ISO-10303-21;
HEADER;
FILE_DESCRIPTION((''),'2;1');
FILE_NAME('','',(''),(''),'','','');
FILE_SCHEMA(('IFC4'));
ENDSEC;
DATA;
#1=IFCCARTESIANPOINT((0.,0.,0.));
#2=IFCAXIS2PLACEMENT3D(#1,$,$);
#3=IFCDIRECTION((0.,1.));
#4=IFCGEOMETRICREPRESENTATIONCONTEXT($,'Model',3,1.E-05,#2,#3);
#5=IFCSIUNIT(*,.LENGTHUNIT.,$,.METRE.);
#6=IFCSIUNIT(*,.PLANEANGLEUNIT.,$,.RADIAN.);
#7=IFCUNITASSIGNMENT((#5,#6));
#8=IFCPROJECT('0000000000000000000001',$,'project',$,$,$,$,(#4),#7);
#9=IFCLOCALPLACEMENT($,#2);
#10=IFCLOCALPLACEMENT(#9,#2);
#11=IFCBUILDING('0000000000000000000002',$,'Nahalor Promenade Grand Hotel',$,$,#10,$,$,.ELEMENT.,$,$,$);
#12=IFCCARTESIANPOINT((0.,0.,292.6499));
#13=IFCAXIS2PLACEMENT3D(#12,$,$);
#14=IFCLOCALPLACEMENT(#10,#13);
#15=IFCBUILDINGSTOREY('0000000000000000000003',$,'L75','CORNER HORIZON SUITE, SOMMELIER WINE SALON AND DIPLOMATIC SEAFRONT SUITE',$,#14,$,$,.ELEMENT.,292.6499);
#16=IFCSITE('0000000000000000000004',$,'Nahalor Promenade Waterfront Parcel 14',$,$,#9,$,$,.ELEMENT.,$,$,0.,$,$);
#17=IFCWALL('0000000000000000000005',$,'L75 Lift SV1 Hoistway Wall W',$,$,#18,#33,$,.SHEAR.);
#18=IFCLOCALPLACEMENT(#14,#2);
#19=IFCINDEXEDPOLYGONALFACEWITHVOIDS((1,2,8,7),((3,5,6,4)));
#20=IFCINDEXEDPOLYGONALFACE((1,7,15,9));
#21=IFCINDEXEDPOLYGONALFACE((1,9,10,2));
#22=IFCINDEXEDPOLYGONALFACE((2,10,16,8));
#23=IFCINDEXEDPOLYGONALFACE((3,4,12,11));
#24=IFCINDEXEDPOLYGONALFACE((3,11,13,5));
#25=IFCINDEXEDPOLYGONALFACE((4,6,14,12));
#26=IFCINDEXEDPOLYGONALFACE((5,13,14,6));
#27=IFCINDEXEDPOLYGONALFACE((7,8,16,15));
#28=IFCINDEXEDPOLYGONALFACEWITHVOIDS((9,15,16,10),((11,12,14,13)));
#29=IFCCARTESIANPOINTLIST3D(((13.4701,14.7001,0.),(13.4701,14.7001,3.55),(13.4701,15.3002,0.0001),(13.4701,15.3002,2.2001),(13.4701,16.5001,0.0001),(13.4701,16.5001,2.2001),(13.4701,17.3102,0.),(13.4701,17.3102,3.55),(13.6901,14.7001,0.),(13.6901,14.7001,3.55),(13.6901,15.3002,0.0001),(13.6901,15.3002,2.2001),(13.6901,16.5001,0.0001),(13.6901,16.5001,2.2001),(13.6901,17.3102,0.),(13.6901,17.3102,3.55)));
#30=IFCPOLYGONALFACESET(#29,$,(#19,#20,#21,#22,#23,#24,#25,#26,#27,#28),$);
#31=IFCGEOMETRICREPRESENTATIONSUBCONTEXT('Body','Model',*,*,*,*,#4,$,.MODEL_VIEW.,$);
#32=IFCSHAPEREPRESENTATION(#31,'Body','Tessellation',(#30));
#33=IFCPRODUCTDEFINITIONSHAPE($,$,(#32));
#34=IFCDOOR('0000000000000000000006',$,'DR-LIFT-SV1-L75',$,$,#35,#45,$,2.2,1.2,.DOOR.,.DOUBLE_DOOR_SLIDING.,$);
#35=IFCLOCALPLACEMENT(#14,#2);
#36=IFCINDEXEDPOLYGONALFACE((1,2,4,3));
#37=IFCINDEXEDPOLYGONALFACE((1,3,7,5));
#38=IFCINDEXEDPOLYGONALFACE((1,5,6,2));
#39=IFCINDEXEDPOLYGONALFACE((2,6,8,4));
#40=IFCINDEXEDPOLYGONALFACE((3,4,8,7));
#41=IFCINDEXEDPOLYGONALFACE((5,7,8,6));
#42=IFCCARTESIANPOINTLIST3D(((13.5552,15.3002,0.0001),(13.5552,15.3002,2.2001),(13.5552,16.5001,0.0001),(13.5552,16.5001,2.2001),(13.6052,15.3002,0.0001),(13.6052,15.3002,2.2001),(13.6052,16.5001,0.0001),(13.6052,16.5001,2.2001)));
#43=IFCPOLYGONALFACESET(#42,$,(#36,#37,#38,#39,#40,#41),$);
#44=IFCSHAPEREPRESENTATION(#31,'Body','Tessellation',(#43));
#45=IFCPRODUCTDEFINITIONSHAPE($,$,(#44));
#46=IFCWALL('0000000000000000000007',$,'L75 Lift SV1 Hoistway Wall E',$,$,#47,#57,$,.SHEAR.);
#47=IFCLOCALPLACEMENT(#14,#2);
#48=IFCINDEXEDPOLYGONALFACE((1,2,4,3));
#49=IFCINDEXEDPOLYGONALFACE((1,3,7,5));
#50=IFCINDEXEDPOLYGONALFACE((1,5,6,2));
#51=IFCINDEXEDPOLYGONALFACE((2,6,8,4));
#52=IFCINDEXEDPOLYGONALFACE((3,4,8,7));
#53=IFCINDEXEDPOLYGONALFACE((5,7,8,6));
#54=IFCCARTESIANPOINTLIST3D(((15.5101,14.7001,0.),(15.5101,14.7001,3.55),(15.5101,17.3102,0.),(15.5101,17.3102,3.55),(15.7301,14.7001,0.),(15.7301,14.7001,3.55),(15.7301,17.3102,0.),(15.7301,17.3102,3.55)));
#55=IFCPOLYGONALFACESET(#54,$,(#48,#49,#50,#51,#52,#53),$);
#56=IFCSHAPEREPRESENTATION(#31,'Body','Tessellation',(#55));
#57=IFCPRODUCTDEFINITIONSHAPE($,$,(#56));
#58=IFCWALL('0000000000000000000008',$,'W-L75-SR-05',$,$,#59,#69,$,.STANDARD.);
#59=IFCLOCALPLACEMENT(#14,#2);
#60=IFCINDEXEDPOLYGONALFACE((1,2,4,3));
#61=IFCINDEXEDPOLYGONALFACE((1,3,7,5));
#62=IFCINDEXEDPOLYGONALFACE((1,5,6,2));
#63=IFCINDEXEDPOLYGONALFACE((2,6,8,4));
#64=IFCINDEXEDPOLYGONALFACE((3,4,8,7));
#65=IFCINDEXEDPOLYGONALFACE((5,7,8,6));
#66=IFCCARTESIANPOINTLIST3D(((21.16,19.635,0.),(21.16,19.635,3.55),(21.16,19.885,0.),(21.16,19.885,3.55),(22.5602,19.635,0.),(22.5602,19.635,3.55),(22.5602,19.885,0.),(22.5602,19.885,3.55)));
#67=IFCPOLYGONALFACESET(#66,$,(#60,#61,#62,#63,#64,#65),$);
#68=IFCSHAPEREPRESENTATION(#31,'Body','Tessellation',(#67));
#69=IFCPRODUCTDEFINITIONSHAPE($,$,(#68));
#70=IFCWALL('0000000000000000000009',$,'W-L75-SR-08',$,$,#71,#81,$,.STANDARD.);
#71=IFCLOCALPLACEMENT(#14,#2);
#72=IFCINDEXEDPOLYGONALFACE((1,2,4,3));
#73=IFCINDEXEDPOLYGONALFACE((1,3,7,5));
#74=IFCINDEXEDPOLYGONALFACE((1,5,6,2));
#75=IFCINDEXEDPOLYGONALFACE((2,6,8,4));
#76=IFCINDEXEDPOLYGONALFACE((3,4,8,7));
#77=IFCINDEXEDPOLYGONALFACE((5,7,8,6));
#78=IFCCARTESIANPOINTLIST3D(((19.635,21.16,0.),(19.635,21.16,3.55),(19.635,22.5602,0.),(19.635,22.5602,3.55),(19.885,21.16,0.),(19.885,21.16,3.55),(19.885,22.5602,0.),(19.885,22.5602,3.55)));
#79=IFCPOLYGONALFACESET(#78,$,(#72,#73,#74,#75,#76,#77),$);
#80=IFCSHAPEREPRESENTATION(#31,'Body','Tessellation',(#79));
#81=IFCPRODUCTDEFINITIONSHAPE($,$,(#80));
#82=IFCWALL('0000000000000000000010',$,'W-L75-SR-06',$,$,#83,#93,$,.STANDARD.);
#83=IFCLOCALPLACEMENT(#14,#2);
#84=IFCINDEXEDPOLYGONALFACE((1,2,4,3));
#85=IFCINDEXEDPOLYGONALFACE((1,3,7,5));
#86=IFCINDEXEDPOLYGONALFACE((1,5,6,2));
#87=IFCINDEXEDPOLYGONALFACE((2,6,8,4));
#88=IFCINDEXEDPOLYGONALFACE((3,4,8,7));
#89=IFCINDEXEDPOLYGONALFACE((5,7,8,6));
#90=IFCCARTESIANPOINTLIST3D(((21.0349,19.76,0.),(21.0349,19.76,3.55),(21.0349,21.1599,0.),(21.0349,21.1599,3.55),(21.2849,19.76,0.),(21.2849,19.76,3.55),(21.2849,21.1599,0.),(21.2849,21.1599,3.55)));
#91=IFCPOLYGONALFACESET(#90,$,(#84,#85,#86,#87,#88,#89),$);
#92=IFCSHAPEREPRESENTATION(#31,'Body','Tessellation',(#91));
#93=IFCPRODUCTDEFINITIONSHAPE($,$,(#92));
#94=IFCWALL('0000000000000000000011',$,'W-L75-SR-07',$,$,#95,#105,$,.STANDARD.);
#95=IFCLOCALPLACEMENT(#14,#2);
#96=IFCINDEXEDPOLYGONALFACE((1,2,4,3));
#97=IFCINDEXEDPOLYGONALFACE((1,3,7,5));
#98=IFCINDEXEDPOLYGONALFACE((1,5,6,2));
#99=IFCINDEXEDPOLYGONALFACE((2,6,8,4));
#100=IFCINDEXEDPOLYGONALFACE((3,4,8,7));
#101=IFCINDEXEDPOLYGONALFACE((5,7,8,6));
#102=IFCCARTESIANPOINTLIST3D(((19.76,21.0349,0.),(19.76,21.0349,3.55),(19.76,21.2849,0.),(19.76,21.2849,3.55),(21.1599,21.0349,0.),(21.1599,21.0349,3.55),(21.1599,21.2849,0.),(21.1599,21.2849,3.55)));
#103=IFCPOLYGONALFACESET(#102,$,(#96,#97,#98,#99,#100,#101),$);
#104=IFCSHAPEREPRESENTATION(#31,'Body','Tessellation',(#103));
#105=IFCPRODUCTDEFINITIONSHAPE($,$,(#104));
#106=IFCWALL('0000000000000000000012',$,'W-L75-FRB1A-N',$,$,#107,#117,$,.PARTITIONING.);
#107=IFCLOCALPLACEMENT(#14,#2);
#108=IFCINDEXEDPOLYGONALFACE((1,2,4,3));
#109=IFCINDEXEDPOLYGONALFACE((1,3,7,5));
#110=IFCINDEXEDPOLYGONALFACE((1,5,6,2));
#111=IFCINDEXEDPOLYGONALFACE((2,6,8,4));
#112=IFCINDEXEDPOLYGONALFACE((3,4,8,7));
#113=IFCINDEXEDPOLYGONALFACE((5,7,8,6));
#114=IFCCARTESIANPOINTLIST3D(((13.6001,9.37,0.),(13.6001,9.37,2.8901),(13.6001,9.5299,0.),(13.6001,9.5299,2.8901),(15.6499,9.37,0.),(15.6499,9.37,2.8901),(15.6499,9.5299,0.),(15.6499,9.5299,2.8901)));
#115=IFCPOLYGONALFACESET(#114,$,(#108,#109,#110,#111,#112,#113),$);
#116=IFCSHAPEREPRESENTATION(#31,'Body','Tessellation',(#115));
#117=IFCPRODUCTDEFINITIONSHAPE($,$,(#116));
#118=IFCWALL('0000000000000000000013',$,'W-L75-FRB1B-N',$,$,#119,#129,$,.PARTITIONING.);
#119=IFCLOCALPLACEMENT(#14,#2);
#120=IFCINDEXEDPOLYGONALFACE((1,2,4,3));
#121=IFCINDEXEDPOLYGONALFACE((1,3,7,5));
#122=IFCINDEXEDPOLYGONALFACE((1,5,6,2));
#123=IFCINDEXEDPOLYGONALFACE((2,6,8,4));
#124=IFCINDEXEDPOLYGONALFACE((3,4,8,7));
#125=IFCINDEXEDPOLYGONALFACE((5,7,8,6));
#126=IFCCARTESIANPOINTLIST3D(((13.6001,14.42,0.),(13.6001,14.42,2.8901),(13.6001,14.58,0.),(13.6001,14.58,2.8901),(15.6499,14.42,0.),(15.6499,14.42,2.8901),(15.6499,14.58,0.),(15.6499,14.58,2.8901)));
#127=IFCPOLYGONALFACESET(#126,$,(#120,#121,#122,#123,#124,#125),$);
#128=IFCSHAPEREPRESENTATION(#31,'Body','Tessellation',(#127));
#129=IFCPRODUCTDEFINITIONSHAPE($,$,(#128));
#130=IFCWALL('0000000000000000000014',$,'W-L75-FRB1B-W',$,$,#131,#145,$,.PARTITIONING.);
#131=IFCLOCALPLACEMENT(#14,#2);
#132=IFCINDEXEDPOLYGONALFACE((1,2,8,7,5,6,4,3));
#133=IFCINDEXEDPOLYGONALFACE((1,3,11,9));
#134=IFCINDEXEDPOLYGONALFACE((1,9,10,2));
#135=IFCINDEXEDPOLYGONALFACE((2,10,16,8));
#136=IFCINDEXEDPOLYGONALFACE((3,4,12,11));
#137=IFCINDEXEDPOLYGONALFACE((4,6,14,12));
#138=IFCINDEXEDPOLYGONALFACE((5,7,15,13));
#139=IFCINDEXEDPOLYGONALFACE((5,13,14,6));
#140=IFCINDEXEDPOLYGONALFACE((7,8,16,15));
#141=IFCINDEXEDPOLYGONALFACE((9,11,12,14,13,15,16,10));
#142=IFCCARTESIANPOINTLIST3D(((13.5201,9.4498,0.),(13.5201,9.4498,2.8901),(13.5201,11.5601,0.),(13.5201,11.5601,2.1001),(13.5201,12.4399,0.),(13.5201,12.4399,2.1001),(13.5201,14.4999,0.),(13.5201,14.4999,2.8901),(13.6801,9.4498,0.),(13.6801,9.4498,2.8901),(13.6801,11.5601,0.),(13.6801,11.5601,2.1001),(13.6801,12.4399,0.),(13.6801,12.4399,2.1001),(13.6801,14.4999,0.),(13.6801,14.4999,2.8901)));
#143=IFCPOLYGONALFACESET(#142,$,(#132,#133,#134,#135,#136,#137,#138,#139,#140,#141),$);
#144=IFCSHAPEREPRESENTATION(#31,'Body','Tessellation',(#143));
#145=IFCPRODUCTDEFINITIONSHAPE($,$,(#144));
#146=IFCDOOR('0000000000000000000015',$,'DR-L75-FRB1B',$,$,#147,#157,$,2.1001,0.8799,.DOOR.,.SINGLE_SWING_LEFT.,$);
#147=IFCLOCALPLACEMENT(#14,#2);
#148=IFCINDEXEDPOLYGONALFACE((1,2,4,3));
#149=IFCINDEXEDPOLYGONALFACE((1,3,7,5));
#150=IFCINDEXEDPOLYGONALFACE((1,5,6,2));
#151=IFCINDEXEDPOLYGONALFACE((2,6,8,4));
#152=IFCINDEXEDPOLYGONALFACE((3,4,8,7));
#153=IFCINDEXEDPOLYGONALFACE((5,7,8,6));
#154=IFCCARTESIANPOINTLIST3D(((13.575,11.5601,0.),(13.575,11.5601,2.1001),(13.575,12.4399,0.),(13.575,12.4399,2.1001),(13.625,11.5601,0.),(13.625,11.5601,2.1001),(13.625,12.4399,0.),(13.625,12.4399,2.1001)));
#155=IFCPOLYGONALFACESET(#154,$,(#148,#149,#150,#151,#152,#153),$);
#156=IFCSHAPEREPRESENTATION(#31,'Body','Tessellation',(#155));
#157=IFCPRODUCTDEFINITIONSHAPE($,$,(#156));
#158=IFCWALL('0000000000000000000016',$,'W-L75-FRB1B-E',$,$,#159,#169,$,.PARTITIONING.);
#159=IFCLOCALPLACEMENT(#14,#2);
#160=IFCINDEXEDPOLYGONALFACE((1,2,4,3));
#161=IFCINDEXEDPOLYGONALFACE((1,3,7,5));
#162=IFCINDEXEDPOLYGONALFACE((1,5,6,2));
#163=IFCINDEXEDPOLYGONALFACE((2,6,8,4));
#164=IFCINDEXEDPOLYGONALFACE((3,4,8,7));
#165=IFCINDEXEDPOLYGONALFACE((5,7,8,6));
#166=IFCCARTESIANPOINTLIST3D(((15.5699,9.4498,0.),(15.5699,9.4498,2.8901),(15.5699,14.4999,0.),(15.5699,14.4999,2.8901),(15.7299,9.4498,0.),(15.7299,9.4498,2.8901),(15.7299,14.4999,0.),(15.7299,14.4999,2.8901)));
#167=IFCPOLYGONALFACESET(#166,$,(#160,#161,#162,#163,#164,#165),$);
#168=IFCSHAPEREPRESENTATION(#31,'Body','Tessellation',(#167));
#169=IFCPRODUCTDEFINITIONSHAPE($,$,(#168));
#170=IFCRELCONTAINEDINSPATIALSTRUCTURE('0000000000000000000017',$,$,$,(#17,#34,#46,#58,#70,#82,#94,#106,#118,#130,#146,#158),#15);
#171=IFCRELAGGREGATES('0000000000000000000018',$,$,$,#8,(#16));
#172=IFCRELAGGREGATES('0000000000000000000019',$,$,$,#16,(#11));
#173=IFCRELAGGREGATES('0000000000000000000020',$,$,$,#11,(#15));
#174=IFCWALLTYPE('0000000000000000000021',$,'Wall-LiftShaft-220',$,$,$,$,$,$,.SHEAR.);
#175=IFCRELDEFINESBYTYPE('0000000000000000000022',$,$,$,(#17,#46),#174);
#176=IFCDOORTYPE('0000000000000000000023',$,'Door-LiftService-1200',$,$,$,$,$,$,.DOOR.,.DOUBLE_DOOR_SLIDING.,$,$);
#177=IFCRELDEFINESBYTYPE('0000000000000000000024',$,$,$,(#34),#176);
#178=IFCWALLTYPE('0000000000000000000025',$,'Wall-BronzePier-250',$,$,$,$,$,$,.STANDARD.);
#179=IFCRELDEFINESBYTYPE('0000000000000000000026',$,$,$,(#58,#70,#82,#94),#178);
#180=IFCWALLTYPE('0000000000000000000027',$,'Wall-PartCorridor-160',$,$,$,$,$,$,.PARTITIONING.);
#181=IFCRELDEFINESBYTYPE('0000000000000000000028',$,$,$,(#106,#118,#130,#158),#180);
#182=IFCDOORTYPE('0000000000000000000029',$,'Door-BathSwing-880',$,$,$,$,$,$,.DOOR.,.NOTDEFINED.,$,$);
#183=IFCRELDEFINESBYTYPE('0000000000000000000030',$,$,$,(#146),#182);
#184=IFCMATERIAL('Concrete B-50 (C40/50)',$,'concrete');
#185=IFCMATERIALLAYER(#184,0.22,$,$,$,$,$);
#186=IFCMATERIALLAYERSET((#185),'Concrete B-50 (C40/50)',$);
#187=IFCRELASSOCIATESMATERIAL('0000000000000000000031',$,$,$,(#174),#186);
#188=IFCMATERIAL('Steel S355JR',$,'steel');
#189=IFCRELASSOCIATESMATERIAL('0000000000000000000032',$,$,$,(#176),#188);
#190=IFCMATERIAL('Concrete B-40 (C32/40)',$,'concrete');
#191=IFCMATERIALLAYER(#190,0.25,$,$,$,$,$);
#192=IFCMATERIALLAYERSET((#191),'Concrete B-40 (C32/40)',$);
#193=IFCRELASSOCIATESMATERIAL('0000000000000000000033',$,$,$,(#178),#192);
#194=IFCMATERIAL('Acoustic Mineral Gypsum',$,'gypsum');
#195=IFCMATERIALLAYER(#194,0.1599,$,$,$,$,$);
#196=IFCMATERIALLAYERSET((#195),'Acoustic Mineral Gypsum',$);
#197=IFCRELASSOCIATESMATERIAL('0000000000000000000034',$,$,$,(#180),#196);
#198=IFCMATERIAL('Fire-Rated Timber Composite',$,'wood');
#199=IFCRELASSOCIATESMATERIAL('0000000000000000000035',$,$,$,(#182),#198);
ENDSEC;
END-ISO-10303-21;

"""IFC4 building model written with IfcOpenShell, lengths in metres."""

from ifc_helpers import new_model, si_unit, direction, frame, frame_2d, origin, place, context, subcontext, project, spatial, rectangle, extrude, source, transform, mapped, material, layer, layer_set, type_object, element, fill, save


model = new_model("IFC4")

# Units and contexts
model_context = context("Model", 3, precision=1e-05, world=origin(), true_north=direction((0.0, 1.0)))
body_context = subcontext(model_context, "Body", "Model", "MODEL_VIEW")
ifc_project = project(units=[si_unit("LENGTHUNIT", "METRE"), si_unit("PLANEANGLEUNIT", "RADIAN")], contexts=[model_context])

# Site, building, storey
site_placement = place(None, origin())
site = spatial("IfcSite", under=ifc_project, at=site_placement, Name="Nahalor Promenade Waterfront Parcel 14", CompositionType="ELEMENT", RefElevation=0.0)
building_placement = place(site_placement, origin())
building = spatial("IfcBuilding", under=site, at=building_placement, Name="Nahalor Promenade Grand Hotel", CompositionType="ELEMENT")
storey_placement = place(building_placement, frame((0.0, 0.0, 292.6499)))
storey = spatial("IfcBuildingStorey", under=building, at=storey_placement, Name="L75", Description="CORNER HORIZON SUITE, SOMMELIER WINE SALON AND DIPLOMATIC SEAFRONT SUITE", CompositionType="ELEMENT", Elevation=292.6499)

# Shared definitions
ifc_material_1 = material(Name="Concrete B-50 (C40/50)", Category="concrete")
ifc_material_2 = material(Name="Steel S355JR", Category="steel")

# Shared definitions
ifc_layer_1 = layer(ifc_material_1, 0.22)
ifc_layer_set_1 = layer_set([ifc_layer_1], Name="Concrete B-50 (C40/50)")
wall_type_1 = type_object("IfcWallType", Name="Wall-LiftShaft-220", PredefinedType="SHEAR", material=ifc_layer_set_1)

# Wall, opening, door
shared_shape_1 = source(origin(), body_context, "Body", "SweptSolid", [
    extrude(rectangle(XDim=2.6101, YDim=0.22, at=frame_2d((1.3052, 0.0))), origin(), (0.0, 0.0, 1.0), 3.55),
])
wall_1_placement = place(storey_placement, frame((13.5801, 14.7, 0.0), z_axis=(0.0, 0.0, 1.0), x_axis=(0.0, 1.0, 0.0)))
wall_1 = element("IfcWall", 1, at=wall_1_placement, inside=storey, type_object=wall_type_1, Name="L75 Lift SV1 Hoistway Wall W", PredefinedType="SHEAR", context=body_context, shape_type="MappedRepresentation", body=[
    mapped(shared_shape_1, transform((0.0, 0.0, 0.0), scale=1.0)),
])
opening_1_placement = place(wall_1_placement, frame((0.6001, 0.0, 0.0)))
opening_1 = element("IfcOpeningElement", 2, at=opening_1_placement, cuts=wall_1, PredefinedType="OPENING", context=body_context, shape_type="SweptSolid", body=[
    extrude(rectangle(XDim=1.2, YDim=2.2, at=frame_2d((0.6001, 1.1001))), frame((0.0, 0.1199, 0.0), z_axis=(0.0, -1.0, 0.0), x_axis=(1.0, 0.0, 0.0)), (0.0, 0.0, 1.0), 0.24),
])
door_type_1 = type_object("IfcDoorType", Name="Door-LiftService-1200", OperationType="DOUBLE_DOOR_SLIDING", PredefinedType="DOOR", material=ifc_material_2)
shared_shape_2 = source(origin(), body_context, "Body", "SweptSolid", [
    extrude(rectangle(XDim=1.2, YDim=2.2, at=frame_2d((0.6001, 1.1001))), frame((0.0, 0.0249, 0.0), z_axis=(0.0, -1.0, 0.0), x_axis=(1.0, 0.0, 0.0)), (0.0, 0.0, 1.0), 0.05),
])
door_1_placement = place(opening_1_placement, origin())
door_1 = element("IfcDoor", 3, at=door_1_placement, inside=storey, type_object=door_type_1, Name="DR-LIFT-SV1-L75", OperationType="DOUBLE_DOOR_SLIDING", OverallHeight=2.2, OverallWidth=1.2, PredefinedType="DOOR", context=body_context, shape_type="MappedRepresentation", body=[
    mapped(shared_shape_2, transform((0.0, 0.0, 0.0), scale=1.0)),
])
fill(opening_1, door_1)

# Walls
wall_2_placement = place(storey_placement, frame((15.6201, 14.7, 0.0), z_axis=(0.0, 0.0, 1.0), x_axis=(0.0, 1.0, 0.0)))
element("IfcWall", 4, at=wall_2_placement, inside=storey, type_object=wall_type_1, Name="L75 Lift SV1 Hoistway Wall E", PredefinedType="SHEAR", context=body_context, shape_type="MappedRepresentation", body=[
    mapped(shared_shape_1, transform((0.0, 0.0, 0.0), scale=1.0)),
])
ifc_material_3 = material(Name="Concrete B-40 (C32/40)", Category="concrete")
ifc_layer_2 = layer(ifc_material_3, 0.25)
ifc_layer_set_2 = layer_set([ifc_layer_2], Name="Concrete B-40 (C32/40)")
wall_type_2 = type_object("IfcWallType", Name="Wall-BronzePier-250", PredefinedType="STANDARD", material=ifc_layer_set_2)
shared_shape_3 = source(origin(), body_context, "Body", "SweptSolid", [
    extrude(rectangle(XDim=1.4001, YDim=0.25, at=frame_2d((0.7002, 0.0))), origin(), (0.0, 0.0, 1.0), 3.55),
])
for number, where, z_axis, x_axis, name in (
    (5, (21.1599, 19.76, 0.0), (0.0, 0.0, 1.0), (1.0, 0.0, 0.0), "W-L75-SR-05"),
    (6, (19.76, 21.1599, 0.0), (0.0, 0.0, 1.0), (0.0, 1.0, 0.0), "W-L75-SR-08"),
):
    element("IfcWall", number, at=place(storey_placement, frame(where, z_axis=z_axis, x_axis=x_axis)), inside=storey, type_object=wall_type_2, Name=name, PredefinedType="STANDARD", context=body_context, shape_type="MappedRepresentation", body=[
        mapped(shared_shape_3, transform((0.0, 0.0, 0.0), scale=1.0)),
    ])
shared_shape_4 = source(origin(), body_context, "Body", "SweptSolid", [
    extrude(rectangle(XDim=1.3999, YDim=0.25, at=frame_2d((0.7, 0.0))), origin(), (0.0, 0.0, 1.0), 3.55),
])
for number, where, z_axis, x_axis, name in (
    (7, (21.1599, 19.76, 0.0), (0.0, 0.0, 1.0), (0.0, 1.0, 0.0), "W-L75-SR-06"),
    (8, (19.76, 21.1599, 0.0), (0.0, 0.0, 1.0), (1.0, 0.0, 0.0), "W-L75-SR-07"),
):
    element("IfcWall", number, at=place(storey_placement, frame(where, z_axis=z_axis, x_axis=x_axis)), inside=storey, type_object=wall_type_2, Name=name, PredefinedType="STANDARD", context=body_context, shape_type="MappedRepresentation", body=[
        mapped(shared_shape_4, transform((0.0, 0.0, 0.0), scale=1.0)),
    ])
ifc_material_4 = material(Name="Acoustic Mineral Gypsum", Category="gypsum")
ifc_layer_3 = layer(ifc_material_4, 0.1599)
ifc_layer_set_3 = layer_set([ifc_layer_3], Name="Acoustic Mineral Gypsum")
wall_type_3 = type_object("IfcWallType", Name="Wall-PartCorridor-160", PredefinedType="PARTITIONING", material=ifc_layer_set_3)
shared_shape_5 = source(origin(), body_context, "Body", "SweptSolid", [
    extrude(rectangle(XDim=2.0498, YDim=0.1599, at=frame_2d((1.0249, 0.0))), origin(), (0.0, 0.0, 1.0), 2.8901),
])
for number, where, z_axis, x_axis, name in (
    (9, (13.6001, 9.45, 0.0), (0.0, 0.0, 1.0), (1.0, 0.0, 0.0), "W-L75-FRB1A-N"),
    (10, (13.6001, 14.5, 0.0), (0.0, 0.0, 1.0), (1.0, 0.0, 0.0), "W-L75-FRB1B-N"),
):
    element("IfcWall", number, at=place(storey_placement, frame(where, z_axis=z_axis, x_axis=x_axis)), inside=storey, type_object=wall_type_3, Name=name, PredefinedType="PARTITIONING", context=body_context, shape_type="MappedRepresentation", body=[
        mapped(shared_shape_5, transform((0.0, 0.0, 0.0), scale=1.0)),
    ])

# Wall, opening, door
shared_shape_6 = source(origin(), body_context, "Body", "SweptSolid", [
    extrude(rectangle(XDim=5.05, YDim=0.1599, at=frame_2d((2.5249, 0.0))), origin(), (0.0, 0.0, 1.0), 2.8901),
])
wall_3_placement = place(storey_placement, frame((13.6001, 9.45, 0.0), z_axis=(0.0, 0.0, 1.0), x_axis=(0.0, 1.0, 0.0)))
wall_3 = element("IfcWall", 11, at=wall_3_placement, inside=storey, type_object=wall_type_3, Name="W-L75-FRB1B-W", PredefinedType="PARTITIONING", context=body_context, shape_type="MappedRepresentation", body=[
    mapped(shared_shape_6, transform((0.0, 0.0, 0.0), scale=1.0)),
])
opening_2_placement = place(wall_3_placement, frame((2.1101, 0.0, 0.0)))
opening_2 = element("IfcOpeningElement", 12, at=opening_2_placement, cuts=wall_3, PredefinedType="OPENING", context=body_context, shape_type="SweptSolid", body=[
    extrude(rectangle(XDim=0.8799, YDim=2.1001, at=frame_2d((0.4399, 1.05))), frame((0.0, 0.0898, 0.0), z_axis=(0.0, -1.0, 0.0), x_axis=(1.0, 0.0, 0.0)), (0.0, 0.0, 1.0), 0.1799),
])
ifc_material_5 = material(Name="Fire-Rated Timber Composite", Category="wood")
door_type_2 = type_object("IfcDoorType", Name="Door-BathSwing-880", OperationType="NOTDEFINED", PredefinedType="DOOR", material=ifc_material_5)
shared_shape_7 = source(origin(), body_context, "Body", "SweptSolid", [
    extrude(rectangle(XDim=0.8799, YDim=2.1001, at=frame_2d((0.4399, 1.05))), frame((0.0, 0.0249, 0.0), z_axis=(0.0, -1.0, 0.0), x_axis=(1.0, 0.0, 0.0)), (0.0, 0.0, 1.0), 0.05),
])
door_2_placement = place(opening_2_placement, frame((0.8799, 0.0, 0.0), z_axis=(0.0, 0.0, 1.0), x_axis=(-1.0, 0.0, 0.0)))
door_2 = element("IfcDoor", 13, at=door_2_placement, inside=storey, type_object=door_type_2, Name="DR-L75-FRB1B", OperationType="SINGLE_SWING_LEFT", OverallHeight=2.1001, OverallWidth=0.8799, PredefinedType="DOOR", context=body_context, shape_type="MappedRepresentation", body=[
    mapped(shared_shape_7, transform((0.0, 0.0, 0.0), scale=1.0)),
])
fill(opening_2, door_2)

# Wall
wall_4_placement = place(storey_placement, frame((15.6499, 9.45, 0.0), z_axis=(0.0, 0.0, 1.0), x_axis=(0.0, 1.0, 0.0)))
element("IfcWall", 14, at=wall_4_placement, inside=storey, type_object=wall_type_3, Name="W-L75-FRB1B-E", PredefinedType="PARTITIONING", context=body_context, shape_type="MappedRepresentation", body=[
    mapped(shared_shape_6, transform((0.0, 0.0, 0.0), scale=1.0)),
])

save(model, "model.ifc")
